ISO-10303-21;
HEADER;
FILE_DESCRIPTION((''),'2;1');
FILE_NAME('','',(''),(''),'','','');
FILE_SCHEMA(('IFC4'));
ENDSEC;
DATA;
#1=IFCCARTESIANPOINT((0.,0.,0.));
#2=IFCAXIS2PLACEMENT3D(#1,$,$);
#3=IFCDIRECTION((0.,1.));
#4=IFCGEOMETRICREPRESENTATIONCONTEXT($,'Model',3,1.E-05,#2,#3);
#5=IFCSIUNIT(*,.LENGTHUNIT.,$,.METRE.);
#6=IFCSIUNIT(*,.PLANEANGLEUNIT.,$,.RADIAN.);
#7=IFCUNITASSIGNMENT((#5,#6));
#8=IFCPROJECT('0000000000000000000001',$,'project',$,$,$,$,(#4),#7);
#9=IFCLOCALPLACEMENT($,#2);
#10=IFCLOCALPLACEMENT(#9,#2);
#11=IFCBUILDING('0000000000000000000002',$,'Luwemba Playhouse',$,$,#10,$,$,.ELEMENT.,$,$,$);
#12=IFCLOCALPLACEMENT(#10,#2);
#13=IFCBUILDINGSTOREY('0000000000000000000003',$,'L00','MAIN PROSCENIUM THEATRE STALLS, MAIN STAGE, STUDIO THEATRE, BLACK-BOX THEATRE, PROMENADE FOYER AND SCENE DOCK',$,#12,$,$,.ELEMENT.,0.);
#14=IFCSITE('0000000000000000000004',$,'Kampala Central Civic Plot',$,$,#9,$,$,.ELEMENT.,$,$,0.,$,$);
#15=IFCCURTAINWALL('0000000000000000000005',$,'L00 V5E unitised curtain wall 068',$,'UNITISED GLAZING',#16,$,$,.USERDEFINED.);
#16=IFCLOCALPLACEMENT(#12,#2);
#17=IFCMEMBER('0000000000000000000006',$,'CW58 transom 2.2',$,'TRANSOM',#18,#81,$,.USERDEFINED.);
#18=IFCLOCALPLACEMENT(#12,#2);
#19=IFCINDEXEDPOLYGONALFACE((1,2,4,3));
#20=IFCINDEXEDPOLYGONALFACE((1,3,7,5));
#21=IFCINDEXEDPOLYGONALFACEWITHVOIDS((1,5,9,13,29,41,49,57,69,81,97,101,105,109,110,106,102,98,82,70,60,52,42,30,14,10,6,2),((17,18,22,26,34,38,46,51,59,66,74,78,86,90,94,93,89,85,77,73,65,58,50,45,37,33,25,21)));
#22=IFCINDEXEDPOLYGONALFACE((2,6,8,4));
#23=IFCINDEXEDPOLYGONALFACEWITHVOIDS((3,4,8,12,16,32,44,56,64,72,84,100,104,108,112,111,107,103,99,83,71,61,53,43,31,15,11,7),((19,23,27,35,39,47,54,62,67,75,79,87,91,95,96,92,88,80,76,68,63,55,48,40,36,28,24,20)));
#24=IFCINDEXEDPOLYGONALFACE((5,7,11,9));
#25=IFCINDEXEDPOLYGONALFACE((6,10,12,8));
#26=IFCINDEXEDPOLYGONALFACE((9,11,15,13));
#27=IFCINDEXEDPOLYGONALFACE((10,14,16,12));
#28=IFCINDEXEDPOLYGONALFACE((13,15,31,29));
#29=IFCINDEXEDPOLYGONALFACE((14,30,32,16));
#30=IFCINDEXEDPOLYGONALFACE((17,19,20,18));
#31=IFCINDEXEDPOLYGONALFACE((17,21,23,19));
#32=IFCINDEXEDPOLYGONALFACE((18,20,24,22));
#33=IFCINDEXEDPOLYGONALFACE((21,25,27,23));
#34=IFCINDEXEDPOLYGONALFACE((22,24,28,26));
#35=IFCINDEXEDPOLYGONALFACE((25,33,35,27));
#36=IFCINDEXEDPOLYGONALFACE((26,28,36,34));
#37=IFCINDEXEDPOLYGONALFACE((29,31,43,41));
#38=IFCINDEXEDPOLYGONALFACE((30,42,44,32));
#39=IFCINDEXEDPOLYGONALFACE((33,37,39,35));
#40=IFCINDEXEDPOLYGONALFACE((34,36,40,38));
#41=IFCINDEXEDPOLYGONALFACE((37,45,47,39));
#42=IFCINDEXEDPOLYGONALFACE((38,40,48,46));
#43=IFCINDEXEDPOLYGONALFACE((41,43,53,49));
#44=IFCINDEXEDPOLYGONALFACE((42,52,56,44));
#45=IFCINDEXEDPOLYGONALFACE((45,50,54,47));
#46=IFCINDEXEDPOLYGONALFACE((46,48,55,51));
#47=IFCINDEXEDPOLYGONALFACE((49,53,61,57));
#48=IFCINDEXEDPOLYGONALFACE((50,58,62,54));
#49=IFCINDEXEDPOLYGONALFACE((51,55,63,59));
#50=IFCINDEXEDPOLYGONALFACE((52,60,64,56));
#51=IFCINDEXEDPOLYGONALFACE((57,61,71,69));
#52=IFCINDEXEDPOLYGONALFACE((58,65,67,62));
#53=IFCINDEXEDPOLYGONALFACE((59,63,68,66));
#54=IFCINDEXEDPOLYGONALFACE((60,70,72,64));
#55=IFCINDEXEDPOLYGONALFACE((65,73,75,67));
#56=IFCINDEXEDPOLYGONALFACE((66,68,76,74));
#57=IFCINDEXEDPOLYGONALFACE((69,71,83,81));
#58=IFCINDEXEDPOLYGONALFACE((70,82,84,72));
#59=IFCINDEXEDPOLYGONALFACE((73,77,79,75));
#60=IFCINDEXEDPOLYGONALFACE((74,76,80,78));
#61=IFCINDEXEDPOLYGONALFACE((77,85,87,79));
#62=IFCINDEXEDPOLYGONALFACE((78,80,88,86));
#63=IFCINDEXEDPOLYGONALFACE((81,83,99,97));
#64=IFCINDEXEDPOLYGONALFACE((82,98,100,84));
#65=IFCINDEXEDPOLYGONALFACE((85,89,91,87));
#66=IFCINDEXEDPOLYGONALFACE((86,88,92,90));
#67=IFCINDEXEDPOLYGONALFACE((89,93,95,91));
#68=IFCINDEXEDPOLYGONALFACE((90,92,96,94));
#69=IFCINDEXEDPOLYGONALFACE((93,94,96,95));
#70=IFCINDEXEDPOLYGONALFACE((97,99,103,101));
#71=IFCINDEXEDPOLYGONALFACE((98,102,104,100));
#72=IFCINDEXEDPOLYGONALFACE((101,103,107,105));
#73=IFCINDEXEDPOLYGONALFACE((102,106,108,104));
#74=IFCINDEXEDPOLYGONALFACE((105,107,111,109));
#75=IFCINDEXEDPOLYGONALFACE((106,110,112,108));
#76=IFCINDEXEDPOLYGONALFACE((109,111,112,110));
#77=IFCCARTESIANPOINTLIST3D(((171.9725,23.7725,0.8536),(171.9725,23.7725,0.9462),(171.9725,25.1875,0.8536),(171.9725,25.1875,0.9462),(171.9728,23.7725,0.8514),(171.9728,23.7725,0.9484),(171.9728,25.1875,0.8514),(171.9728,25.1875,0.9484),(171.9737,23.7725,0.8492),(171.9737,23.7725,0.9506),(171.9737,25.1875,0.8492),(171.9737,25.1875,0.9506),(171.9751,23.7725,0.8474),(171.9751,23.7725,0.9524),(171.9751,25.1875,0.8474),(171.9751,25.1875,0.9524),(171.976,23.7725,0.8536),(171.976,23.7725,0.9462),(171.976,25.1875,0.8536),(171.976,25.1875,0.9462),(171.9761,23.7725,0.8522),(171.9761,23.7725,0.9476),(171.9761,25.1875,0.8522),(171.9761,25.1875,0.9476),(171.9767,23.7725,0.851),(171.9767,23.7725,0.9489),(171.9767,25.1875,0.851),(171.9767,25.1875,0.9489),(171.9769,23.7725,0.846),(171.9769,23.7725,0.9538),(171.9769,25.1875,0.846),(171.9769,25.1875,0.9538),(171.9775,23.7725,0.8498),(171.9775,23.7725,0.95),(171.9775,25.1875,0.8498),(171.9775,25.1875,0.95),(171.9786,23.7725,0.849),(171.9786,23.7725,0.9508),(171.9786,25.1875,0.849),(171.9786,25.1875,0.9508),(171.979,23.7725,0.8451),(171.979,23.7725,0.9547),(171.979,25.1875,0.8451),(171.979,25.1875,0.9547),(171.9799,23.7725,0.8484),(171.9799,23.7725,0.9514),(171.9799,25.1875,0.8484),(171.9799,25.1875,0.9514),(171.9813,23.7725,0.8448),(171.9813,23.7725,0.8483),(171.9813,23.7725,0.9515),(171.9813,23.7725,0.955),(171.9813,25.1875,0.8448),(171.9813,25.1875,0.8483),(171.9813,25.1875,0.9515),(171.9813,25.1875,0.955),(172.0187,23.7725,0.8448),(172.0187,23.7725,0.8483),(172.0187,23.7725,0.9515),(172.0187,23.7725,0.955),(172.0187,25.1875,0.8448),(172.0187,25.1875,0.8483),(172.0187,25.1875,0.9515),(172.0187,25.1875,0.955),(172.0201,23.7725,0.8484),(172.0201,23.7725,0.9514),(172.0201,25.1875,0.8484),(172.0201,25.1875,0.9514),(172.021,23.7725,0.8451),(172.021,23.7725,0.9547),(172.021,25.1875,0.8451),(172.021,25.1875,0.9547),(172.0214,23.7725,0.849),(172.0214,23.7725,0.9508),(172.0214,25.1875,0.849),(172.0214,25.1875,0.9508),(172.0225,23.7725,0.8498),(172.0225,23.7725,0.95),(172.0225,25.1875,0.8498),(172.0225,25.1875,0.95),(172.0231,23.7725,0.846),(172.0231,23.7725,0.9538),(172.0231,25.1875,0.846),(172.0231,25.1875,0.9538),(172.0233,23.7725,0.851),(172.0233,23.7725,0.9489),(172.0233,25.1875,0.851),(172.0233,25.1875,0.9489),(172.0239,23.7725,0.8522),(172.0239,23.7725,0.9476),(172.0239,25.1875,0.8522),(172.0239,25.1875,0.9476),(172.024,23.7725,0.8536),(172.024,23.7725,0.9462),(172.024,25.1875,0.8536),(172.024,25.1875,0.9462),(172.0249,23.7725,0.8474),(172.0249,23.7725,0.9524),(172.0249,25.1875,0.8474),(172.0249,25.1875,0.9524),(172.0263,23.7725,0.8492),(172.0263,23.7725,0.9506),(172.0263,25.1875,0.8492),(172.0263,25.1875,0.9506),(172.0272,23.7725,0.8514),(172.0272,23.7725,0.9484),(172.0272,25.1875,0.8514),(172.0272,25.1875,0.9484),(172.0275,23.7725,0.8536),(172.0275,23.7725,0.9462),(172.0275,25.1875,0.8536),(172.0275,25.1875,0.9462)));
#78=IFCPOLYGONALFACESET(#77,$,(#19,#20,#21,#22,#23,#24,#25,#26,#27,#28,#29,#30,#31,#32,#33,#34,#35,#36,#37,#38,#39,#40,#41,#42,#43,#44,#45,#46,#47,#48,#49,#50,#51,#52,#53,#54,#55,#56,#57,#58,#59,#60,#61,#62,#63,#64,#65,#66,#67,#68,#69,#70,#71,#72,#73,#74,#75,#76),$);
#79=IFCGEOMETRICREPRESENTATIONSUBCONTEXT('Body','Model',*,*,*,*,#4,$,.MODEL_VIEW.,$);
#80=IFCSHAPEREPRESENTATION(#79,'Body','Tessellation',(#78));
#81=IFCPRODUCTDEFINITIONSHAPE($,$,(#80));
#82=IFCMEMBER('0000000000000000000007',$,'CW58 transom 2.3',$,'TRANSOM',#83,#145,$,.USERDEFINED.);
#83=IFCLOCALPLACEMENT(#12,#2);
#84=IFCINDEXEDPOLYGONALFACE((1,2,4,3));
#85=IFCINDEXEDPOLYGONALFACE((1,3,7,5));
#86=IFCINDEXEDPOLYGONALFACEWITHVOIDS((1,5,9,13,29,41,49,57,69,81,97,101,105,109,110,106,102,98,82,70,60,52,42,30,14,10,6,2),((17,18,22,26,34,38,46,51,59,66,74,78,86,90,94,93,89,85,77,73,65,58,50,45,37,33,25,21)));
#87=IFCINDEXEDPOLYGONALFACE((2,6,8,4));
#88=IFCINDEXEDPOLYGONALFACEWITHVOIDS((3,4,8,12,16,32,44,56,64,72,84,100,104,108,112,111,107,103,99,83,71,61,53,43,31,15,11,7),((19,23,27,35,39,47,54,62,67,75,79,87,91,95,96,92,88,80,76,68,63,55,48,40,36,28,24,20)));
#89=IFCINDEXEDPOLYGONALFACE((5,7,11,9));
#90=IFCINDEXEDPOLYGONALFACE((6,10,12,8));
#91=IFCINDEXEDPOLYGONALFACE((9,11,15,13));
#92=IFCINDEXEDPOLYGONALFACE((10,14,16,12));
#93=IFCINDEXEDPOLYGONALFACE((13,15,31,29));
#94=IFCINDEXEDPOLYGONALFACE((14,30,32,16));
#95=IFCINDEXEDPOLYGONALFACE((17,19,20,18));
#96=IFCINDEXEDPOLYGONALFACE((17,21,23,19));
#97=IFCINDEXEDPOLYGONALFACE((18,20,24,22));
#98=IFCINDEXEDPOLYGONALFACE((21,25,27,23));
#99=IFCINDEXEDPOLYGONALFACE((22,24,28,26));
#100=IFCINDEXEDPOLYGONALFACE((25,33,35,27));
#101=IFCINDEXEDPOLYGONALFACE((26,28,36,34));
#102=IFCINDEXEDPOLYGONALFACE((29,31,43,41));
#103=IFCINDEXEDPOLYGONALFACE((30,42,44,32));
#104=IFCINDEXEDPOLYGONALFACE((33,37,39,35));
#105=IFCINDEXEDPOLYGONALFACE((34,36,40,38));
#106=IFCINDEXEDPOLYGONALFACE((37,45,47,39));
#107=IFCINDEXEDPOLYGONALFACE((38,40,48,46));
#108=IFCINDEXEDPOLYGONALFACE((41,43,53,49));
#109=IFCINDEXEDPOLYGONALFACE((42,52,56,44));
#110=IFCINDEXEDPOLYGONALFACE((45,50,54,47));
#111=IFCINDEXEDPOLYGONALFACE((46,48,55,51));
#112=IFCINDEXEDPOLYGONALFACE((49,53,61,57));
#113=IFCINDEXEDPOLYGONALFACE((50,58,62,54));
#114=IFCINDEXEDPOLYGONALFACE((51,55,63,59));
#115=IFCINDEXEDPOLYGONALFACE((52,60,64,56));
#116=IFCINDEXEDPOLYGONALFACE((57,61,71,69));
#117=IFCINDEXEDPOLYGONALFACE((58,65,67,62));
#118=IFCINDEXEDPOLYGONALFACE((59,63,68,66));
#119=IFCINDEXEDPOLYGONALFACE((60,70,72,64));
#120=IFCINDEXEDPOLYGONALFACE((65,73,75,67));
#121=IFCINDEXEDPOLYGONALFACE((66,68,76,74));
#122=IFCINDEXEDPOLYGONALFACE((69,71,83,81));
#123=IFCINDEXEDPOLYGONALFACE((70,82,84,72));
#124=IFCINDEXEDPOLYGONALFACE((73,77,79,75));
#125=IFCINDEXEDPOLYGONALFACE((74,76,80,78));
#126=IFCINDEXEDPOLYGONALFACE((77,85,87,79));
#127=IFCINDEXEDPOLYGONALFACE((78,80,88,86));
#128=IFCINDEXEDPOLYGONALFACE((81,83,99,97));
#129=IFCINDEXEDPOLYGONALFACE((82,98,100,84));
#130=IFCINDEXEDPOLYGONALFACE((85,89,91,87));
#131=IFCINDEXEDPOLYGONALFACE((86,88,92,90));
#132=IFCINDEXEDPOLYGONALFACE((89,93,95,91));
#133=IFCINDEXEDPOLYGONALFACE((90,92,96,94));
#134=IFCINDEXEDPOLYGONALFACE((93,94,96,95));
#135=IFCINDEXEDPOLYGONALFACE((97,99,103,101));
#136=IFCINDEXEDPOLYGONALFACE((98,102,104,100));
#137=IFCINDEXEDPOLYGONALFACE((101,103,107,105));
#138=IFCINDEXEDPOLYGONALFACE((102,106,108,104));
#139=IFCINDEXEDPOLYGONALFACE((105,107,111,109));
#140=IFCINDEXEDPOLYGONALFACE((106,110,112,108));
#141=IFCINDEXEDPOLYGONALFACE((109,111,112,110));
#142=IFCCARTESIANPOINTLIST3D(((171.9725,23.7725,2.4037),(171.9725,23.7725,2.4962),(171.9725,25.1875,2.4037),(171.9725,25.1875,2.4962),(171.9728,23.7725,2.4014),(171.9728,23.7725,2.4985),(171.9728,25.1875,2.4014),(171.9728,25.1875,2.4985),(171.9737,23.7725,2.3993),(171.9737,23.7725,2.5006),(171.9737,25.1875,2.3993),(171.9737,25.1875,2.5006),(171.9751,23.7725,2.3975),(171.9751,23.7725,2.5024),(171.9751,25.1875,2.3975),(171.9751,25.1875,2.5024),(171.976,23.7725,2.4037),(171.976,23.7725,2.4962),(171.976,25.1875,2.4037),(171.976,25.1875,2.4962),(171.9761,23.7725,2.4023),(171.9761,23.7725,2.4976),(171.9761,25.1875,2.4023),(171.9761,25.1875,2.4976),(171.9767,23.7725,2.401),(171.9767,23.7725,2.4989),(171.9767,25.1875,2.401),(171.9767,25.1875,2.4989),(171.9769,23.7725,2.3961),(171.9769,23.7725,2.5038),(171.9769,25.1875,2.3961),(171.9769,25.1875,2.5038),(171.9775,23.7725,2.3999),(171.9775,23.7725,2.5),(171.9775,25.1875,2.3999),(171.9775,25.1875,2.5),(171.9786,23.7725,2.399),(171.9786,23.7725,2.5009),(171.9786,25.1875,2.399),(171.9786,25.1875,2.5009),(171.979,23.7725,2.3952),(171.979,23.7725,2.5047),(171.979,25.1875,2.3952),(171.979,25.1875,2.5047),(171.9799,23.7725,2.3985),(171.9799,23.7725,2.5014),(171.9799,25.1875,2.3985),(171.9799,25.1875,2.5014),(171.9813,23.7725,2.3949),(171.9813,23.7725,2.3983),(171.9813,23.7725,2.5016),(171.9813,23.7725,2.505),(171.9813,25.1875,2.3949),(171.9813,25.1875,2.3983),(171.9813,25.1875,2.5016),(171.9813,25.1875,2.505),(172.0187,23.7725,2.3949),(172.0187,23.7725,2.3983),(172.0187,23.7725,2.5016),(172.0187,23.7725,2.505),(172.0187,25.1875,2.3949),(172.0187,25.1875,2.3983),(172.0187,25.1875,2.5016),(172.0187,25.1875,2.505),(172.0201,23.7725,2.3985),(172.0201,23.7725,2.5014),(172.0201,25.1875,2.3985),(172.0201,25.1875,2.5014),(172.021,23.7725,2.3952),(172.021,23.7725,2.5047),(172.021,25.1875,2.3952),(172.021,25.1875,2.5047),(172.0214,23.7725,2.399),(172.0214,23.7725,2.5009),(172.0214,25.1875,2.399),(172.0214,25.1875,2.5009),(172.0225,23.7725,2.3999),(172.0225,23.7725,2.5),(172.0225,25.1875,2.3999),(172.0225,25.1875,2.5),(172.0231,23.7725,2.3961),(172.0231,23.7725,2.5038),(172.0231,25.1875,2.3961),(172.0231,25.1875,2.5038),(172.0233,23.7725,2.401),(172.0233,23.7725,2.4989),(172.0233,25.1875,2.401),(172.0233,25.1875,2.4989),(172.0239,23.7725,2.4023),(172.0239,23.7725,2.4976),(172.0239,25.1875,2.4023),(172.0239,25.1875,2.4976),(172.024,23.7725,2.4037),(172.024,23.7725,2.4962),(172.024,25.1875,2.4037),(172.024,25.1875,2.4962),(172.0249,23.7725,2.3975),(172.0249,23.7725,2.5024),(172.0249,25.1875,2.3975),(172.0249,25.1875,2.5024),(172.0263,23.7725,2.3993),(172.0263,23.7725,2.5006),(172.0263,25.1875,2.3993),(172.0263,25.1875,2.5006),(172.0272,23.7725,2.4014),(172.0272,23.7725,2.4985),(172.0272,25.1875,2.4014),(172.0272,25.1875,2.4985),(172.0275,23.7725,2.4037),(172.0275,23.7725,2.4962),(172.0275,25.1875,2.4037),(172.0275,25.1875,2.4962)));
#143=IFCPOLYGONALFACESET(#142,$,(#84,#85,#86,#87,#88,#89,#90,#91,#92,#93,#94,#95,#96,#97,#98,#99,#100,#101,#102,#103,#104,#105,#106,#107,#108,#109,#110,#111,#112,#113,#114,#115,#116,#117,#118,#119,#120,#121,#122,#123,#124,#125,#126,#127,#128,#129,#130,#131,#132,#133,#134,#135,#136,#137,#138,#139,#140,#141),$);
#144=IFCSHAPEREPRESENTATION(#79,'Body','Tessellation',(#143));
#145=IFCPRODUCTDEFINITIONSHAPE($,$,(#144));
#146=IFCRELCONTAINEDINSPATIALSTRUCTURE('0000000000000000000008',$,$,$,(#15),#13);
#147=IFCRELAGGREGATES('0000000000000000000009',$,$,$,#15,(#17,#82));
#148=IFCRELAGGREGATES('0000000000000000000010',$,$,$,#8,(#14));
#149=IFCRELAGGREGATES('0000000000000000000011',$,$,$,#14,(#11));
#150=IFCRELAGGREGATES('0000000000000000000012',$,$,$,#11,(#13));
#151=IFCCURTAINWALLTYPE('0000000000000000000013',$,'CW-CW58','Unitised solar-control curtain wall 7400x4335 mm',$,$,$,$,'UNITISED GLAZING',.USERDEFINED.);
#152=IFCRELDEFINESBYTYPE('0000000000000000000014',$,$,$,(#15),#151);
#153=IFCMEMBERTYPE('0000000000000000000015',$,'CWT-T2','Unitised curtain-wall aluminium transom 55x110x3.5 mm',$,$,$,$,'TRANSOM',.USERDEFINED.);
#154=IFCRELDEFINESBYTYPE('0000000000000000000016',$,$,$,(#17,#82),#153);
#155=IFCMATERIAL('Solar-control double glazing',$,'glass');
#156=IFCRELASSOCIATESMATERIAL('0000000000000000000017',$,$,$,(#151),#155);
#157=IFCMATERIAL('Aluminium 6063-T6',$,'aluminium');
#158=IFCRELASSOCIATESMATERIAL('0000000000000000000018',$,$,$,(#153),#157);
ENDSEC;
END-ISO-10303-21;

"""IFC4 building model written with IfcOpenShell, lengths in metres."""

from ifc_helpers import new_model, si_unit, direction, frame, origin, origin_2d, place, context, subcontext, project, spatial, hollow_rectangle, extrude, material, material_profile, profile_set, type_object, element, aggregate, save


model = new_model("IFC4")

# Units and contexts
model_context = context("Model", 3, precision=1e-05, world=origin(), true_north=direction((0.0, 1.0)))
body_context = subcontext(model_context, "Body", "Model", "MODEL_VIEW")
ifc_project = project(units=[si_unit("LENGTHUNIT", "METRE"), si_unit("PLANEANGLEUNIT", "RADIAN")], contexts=[model_context])

# Site, building, storey
site_placement = place(None, origin())
site = spatial("IfcSite", under=ifc_project, at=site_placement, Name="Kampala Central Civic Plot", CompositionType="ELEMENT", RefElevation=0.0)
building_placement = place(site_placement, origin())
building = spatial("IfcBuilding", under=site, at=building_placement, Name="Luwemba Playhouse", CompositionType="ELEMENT")
storey_placement = place(building_placement, origin())
storey = spatial("IfcBuildingStorey", under=building, at=storey_placement, Name="L00", Description="MAIN PROSCENIUM THEATRE STALLS, MAIN STAGE, STUDIO THEATRE, BLACK-BOX THEATRE, PROMENADE FOYER AND SCENE DOCK", CompositionType="ELEMENT", Elevation=0.0)

# Shared definitions
ifc_material_1 = material(Name="Solar-control double glazing", Category="glass")
ifc_material_2 = material(Name="Aluminium 6063-T6", Category="aluminium")

# Curtain wall, members
curtain_wall_type_1 = type_object("IfcCurtainWallType", Name="CW-CW58", Description="Unitised solar-control curtain wall 7400x4335 mm", ElementType="UNITISED GLAZING", PredefinedType="USERDEFINED", material=ifc_material_1)
curtain_wall_1_placement = place(storey_placement, origin())
curtain_wall_1 = element("IfcCurtainWall", 1, at=curtain_wall_1_placement, inside=storey, type_object=curtain_wall_type_1, Name="L00 V5E unitised curtain wall 068", ObjectType="UNITISED GLAZING", PredefinedType="USERDEFINED")
ifc_material_profile_1 = material_profile(ifc_material_2, hollow_rectangle(XDim=0.0549, YDim=0.1101, WallThickness=0.0034, InnerFilletRadius=0.0054, OuterFilletRadius=0.0088, at=origin_2d()))
ifc_profile_set_1 = profile_set([ifc_material_profile_1], Name="Aluminium 6063-T6")
member_type_1 = type_object("IfcMemberType", Name="CWT-T2", Description="Unitised curtain-wall aluminium transom 55x110x3.5 mm", ElementType="TRANSOM", PredefinedType="USERDEFINED", material=ifc_profile_set_1)
member_1_placement = place(storey_placement, frame((172.0, 25.1875, 0.8999), z_axis=(0.0, -1.0, 0.0), x_axis=(1.0, 0.0, 0.0)))
member_1 = element("IfcMember", 2, at=member_1_placement, type_object=member_type_1, Name="CW58 transom 2.2", ObjectType="TRANSOM", PredefinedType="USERDEFINED", context=body_context, shape_type="SweptSolid", body=[
    extrude(hollow_rectangle(XDim=0.0549, YDim=0.1101, WallThickness=0.0034, InnerFilletRadius=0.0054, OuterFilletRadius=0.0088, at=origin_2d()), origin(), (0.0, 0.0, 1.0), 1.415),
])
member_2_placement = place(storey_placement, frame((172.0, 25.1875, 2.45), z_axis=(0.0, -1.0, 0.0), x_axis=(1.0, 0.0, 0.0)))
member_2 = element("IfcMember", 3, at=member_2_placement, type_object=member_type_1, Name="CW58 transom 2.3", ObjectType="TRANSOM", PredefinedType="USERDEFINED", context=body_context, shape_type="SweptSolid", body=[
    extrude(hollow_rectangle(XDim=0.0549, YDim=0.1101, WallThickness=0.0034, InnerFilletRadius=0.0054, OuterFilletRadius=0.0088, at=origin_2d()), origin(), (0.0, 0.0, 1.0), 1.415),
])

aggregate(curtain_wall_1, [member_1, member_2])

save(model, "model.ifc")
